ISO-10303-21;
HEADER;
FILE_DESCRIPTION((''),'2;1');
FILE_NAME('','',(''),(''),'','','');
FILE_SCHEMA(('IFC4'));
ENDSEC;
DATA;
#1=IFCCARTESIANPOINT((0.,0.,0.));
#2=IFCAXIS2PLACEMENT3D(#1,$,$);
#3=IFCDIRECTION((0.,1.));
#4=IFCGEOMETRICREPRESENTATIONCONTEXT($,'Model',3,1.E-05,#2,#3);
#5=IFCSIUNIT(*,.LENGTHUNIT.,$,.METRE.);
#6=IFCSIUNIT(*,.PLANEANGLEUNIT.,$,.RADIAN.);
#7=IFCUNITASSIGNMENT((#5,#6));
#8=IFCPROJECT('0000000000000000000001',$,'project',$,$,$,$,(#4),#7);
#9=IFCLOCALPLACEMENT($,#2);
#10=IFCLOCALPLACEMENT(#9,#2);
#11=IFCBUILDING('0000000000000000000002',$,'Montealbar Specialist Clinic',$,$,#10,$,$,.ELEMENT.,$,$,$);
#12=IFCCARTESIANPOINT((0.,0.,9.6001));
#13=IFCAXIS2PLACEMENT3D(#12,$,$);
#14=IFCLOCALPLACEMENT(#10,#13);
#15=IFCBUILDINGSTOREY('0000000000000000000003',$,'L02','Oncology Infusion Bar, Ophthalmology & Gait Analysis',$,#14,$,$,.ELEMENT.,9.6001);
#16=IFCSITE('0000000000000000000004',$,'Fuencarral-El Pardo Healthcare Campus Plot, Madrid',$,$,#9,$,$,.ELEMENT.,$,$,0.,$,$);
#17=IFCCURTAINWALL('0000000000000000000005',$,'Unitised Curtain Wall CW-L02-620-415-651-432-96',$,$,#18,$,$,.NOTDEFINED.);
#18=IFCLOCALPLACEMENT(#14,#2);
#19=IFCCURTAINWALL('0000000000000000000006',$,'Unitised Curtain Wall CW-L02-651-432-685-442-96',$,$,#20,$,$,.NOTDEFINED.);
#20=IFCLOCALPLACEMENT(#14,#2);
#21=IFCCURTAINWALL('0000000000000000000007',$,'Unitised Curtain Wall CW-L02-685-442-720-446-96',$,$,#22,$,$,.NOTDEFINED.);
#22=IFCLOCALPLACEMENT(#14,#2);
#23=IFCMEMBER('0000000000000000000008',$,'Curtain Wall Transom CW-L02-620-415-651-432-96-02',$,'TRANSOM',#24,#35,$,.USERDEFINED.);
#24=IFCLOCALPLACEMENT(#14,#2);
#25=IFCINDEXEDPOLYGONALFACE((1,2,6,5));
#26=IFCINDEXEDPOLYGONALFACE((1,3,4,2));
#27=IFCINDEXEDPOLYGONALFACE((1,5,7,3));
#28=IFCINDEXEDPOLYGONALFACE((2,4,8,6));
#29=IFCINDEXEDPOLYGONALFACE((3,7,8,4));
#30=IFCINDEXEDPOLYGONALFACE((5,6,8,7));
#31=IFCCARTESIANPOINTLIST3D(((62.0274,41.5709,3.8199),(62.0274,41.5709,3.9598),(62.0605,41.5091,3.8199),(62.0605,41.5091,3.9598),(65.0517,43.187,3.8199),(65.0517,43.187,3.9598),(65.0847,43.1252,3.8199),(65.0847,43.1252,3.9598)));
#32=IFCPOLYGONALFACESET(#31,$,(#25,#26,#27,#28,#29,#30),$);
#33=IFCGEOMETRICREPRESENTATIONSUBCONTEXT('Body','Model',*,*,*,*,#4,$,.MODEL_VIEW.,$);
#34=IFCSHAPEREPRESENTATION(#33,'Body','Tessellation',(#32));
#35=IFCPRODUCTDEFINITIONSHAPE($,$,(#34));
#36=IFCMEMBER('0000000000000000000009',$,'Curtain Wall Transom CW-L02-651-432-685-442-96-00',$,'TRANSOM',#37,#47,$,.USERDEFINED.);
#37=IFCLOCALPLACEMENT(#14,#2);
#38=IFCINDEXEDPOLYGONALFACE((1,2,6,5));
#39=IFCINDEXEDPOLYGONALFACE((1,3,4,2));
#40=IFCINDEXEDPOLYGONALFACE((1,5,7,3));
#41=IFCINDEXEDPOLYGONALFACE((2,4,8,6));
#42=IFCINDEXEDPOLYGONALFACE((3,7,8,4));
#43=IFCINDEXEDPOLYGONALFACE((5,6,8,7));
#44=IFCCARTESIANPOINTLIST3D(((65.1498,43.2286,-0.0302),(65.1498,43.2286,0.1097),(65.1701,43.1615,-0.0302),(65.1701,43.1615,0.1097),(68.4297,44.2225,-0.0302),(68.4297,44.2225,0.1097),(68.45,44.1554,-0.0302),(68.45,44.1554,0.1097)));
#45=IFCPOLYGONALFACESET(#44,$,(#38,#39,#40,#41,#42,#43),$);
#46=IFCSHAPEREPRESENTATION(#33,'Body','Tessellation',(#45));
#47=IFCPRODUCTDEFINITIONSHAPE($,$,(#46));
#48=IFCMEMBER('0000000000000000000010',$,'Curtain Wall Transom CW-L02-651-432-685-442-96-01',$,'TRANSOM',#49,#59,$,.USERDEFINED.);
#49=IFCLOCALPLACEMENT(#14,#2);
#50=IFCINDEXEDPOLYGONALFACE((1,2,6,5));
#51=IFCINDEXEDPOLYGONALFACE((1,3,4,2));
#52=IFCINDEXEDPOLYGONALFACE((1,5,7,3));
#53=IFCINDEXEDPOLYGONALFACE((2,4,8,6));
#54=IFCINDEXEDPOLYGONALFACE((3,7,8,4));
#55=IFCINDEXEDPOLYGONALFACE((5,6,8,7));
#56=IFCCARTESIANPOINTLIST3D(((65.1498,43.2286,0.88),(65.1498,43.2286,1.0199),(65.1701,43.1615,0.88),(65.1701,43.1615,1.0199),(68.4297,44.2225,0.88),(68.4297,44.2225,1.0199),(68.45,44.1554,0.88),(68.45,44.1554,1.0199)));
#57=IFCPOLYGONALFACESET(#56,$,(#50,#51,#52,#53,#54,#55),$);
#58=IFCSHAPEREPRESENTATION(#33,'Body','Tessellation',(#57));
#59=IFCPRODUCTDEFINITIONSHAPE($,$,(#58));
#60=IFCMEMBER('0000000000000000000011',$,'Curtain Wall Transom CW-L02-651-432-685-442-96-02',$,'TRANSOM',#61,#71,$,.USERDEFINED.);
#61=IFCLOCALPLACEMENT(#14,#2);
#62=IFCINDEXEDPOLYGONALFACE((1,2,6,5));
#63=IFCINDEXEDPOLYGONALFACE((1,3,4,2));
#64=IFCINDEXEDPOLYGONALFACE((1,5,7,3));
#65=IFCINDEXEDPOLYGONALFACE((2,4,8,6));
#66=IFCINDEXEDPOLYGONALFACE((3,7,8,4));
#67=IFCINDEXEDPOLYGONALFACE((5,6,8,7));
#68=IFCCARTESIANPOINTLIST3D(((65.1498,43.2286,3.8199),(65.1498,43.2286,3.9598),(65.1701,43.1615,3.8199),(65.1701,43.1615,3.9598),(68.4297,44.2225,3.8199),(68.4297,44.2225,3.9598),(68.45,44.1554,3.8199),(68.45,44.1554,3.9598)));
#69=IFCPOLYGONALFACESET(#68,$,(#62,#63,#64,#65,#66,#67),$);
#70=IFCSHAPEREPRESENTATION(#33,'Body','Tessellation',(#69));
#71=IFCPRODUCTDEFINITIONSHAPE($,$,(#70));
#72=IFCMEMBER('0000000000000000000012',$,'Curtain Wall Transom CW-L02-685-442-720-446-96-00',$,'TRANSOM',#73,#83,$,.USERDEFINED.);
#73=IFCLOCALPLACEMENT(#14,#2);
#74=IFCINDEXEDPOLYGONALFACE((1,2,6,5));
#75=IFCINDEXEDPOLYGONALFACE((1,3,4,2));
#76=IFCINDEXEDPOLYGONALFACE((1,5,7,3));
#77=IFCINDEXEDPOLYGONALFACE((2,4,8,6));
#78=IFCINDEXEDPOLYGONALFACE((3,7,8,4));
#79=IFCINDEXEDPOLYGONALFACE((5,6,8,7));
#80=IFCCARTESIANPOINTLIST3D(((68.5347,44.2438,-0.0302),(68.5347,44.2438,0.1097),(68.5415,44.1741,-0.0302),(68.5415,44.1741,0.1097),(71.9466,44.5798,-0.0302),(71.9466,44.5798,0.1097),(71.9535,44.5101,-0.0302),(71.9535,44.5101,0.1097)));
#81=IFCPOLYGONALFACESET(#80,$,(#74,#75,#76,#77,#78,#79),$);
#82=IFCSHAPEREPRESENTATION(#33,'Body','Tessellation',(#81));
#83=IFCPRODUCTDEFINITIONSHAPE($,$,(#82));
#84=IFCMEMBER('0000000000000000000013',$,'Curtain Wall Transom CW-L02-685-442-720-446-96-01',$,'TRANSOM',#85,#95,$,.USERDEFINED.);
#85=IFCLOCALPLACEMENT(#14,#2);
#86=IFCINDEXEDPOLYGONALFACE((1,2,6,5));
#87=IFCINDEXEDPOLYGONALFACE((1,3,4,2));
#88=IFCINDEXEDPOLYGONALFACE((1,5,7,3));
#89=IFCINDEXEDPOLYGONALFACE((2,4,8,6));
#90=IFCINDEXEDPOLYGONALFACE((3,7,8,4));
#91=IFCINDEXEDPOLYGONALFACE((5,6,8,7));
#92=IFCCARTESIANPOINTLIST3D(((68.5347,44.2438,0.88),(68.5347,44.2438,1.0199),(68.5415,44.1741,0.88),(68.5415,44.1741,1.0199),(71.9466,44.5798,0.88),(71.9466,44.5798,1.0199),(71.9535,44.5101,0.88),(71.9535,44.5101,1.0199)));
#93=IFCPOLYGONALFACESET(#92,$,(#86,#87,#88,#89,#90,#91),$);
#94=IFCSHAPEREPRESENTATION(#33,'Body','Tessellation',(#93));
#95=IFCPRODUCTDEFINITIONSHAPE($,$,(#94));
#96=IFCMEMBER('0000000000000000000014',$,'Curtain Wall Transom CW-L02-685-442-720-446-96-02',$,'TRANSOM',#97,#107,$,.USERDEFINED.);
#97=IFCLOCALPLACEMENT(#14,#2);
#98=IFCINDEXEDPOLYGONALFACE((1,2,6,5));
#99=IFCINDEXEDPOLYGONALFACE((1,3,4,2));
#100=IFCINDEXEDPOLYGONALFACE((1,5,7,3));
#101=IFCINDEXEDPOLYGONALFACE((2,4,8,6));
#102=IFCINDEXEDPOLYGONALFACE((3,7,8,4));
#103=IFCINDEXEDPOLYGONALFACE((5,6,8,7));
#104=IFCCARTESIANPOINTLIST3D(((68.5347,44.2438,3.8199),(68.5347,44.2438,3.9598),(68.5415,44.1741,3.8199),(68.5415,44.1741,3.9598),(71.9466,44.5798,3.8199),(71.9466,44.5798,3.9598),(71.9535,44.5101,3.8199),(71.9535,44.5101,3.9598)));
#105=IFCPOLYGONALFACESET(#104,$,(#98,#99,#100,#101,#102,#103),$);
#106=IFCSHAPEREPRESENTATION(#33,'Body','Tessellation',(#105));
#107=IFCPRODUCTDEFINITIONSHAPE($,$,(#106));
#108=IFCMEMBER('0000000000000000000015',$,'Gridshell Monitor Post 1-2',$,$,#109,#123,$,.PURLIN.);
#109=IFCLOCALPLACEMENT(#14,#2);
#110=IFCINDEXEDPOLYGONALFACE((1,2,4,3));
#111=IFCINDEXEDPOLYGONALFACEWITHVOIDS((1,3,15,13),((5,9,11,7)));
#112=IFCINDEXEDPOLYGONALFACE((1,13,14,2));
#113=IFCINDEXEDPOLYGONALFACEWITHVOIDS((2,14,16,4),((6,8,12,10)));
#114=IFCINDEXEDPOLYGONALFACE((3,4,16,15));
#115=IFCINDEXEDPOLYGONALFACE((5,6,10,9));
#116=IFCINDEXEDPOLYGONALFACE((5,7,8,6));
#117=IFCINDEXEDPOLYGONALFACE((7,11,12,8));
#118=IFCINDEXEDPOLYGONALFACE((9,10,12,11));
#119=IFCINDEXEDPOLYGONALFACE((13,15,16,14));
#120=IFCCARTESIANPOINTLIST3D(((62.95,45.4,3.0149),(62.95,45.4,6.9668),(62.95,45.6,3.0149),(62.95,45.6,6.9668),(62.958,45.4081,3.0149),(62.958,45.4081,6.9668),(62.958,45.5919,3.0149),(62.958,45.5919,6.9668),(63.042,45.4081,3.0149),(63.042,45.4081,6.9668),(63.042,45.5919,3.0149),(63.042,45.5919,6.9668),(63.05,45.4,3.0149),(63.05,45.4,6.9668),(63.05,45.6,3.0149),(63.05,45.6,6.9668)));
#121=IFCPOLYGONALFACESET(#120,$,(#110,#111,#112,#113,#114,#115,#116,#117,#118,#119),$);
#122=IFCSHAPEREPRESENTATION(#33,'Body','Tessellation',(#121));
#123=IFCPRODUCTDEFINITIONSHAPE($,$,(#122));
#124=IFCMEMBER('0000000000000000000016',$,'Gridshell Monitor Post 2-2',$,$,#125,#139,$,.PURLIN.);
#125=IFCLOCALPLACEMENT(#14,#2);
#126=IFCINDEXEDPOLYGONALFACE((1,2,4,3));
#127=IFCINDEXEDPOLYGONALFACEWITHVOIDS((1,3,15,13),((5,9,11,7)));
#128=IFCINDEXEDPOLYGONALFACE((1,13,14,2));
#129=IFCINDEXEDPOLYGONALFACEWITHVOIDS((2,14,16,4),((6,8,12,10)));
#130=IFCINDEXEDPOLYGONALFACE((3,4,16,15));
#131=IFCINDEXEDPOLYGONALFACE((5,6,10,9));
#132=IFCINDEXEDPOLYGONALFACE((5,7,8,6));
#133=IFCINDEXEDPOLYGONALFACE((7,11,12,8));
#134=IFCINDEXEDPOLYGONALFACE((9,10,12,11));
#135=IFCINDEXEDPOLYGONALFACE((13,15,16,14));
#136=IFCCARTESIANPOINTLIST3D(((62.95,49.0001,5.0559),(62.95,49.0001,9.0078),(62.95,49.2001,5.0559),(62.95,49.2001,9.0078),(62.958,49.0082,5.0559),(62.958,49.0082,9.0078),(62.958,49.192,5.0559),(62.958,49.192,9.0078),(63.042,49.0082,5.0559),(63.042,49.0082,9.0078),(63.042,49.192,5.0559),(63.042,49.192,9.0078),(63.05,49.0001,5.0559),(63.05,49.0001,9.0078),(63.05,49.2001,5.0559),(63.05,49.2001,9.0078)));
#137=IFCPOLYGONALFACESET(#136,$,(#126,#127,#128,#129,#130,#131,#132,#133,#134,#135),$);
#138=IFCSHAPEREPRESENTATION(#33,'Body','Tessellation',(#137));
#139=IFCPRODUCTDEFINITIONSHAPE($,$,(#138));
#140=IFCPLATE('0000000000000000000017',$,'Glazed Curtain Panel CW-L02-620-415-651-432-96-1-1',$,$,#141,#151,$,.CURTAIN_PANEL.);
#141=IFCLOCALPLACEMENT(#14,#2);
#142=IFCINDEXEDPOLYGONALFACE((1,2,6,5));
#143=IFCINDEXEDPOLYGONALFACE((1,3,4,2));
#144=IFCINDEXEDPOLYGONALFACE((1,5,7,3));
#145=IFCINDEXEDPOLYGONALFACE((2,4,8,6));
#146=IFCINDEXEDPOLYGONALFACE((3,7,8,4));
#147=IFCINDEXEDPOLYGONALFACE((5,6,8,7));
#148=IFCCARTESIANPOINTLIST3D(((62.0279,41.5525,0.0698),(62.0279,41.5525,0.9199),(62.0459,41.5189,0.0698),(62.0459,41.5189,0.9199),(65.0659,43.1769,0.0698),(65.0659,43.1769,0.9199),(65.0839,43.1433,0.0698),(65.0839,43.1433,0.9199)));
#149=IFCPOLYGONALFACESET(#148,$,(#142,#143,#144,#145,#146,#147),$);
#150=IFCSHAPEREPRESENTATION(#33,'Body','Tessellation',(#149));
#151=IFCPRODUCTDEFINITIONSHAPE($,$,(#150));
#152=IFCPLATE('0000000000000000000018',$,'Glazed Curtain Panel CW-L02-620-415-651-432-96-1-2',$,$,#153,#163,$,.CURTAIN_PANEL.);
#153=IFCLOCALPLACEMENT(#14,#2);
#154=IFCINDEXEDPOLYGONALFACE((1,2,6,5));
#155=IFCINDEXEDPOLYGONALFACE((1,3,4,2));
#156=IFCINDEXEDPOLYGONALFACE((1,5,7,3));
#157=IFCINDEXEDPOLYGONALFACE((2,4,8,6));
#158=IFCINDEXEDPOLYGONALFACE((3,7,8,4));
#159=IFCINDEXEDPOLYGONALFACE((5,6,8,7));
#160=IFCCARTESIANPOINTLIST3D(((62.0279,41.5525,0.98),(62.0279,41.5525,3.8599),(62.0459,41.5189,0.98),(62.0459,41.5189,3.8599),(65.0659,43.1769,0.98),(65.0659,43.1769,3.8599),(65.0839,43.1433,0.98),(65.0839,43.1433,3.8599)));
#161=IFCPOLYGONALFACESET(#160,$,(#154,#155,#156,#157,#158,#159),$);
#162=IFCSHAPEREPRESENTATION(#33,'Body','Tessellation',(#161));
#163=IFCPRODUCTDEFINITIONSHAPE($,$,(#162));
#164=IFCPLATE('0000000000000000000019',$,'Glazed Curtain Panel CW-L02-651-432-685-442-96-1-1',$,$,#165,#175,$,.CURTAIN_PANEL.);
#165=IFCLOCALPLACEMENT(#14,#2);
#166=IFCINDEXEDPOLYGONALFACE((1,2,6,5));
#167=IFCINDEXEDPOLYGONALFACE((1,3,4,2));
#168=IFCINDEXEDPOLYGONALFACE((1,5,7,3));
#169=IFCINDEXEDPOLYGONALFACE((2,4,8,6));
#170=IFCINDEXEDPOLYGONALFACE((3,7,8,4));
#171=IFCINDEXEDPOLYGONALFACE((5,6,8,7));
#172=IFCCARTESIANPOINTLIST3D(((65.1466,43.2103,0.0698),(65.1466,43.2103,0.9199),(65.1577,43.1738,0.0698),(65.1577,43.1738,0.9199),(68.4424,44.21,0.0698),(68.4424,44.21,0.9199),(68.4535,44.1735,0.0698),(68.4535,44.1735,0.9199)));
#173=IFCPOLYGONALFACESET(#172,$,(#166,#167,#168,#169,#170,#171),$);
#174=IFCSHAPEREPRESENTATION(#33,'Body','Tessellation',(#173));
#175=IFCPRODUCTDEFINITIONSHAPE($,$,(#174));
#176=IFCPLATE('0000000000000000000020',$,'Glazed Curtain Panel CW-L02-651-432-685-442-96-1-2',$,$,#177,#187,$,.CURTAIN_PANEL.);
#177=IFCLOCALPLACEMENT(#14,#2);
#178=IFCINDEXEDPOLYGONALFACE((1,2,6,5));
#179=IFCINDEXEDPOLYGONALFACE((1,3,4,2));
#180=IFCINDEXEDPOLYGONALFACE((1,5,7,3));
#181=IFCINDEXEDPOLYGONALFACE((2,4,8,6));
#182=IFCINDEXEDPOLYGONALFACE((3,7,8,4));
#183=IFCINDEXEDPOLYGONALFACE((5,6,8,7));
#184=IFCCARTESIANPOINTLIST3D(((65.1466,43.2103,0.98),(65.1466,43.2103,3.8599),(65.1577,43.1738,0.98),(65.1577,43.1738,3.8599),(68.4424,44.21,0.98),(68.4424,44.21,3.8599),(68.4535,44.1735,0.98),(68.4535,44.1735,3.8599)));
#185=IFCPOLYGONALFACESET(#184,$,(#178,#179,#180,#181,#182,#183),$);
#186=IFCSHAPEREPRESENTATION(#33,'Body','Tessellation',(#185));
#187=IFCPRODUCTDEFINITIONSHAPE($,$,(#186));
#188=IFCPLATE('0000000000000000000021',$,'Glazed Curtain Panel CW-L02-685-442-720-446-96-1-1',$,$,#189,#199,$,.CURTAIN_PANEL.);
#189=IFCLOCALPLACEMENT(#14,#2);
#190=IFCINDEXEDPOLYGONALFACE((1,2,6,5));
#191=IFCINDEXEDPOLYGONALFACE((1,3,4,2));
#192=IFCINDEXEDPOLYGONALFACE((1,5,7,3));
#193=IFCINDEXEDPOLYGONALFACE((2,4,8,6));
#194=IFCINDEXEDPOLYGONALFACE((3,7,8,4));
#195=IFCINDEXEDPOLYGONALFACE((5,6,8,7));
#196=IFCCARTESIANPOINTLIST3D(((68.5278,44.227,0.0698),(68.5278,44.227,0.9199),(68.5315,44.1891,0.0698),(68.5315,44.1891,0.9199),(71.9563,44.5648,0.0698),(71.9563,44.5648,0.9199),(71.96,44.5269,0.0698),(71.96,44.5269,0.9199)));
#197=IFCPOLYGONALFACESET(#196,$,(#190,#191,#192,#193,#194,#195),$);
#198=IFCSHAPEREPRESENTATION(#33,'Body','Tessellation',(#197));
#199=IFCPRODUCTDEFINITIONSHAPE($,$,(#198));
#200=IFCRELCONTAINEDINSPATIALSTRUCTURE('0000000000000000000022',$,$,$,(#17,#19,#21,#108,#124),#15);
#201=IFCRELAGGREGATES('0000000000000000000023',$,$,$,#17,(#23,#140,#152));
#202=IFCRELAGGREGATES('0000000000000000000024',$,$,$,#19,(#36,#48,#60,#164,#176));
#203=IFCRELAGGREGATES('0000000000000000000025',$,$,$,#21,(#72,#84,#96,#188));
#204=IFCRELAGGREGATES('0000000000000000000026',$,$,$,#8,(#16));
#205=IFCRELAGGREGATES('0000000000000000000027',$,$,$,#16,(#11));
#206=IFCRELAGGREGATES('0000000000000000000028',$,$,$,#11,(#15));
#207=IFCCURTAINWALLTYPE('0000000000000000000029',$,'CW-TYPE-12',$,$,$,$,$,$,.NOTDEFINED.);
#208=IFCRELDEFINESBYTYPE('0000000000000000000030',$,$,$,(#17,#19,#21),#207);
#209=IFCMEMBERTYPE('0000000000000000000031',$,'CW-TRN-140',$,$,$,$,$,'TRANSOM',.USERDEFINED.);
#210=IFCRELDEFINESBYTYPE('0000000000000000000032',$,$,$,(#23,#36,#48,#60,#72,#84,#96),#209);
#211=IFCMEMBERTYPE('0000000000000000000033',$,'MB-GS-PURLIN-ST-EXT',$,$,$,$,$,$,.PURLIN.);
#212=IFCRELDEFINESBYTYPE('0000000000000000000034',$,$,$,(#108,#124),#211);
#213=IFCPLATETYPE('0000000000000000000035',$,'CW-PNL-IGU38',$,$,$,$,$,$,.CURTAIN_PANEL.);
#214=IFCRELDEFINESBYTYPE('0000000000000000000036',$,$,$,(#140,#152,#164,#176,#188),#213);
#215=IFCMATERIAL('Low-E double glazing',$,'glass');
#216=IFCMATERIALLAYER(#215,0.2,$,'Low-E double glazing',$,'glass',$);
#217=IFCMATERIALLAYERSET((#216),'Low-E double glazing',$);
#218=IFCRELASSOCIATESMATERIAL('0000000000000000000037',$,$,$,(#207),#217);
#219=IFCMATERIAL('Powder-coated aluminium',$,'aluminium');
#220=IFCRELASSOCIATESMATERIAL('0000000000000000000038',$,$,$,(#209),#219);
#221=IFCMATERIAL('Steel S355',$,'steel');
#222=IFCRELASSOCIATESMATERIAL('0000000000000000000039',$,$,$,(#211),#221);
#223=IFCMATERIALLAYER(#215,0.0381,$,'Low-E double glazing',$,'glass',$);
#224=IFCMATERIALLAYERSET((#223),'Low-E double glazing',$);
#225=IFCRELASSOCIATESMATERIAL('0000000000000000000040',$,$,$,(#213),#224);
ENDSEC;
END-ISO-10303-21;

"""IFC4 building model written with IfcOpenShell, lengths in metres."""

from ifc_helpers import new_model, si_unit, direction, frame, origin, origin_2d, place, context, subcontext, project, spatial, rectangle, hollow_rectangle, extrude, material, layer, layer_set, material_profile, profile_set, type_object, element, aggregate, save


model = new_model("IFC4")

# Units and contexts
model_context = context("Model", 3, precision=1e-05, world=origin(), true_north=direction((0.0, 1.0)))
body_context = subcontext(model_context, "Body", "Model", "MODEL_VIEW")
ifc_project = project(units=[si_unit("LENGTHUNIT", "METRE"), si_unit("PLANEANGLEUNIT", "RADIAN")], contexts=[model_context])

# Site, building, storey
site_placement = place(None, origin())
site = spatial("IfcSite", under=ifc_project, at=site_placement, Name="Fuencarral-El Pardo Healthcare Campus Plot, Madrid", CompositionType="ELEMENT", RefElevation=0.0)
building_placement = place(site_placement, origin())
building = spatial("IfcBuilding", under=site, at=building_placement, Name="Montealbar Specialist Clinic", CompositionType="ELEMENT")
storey_placement = place(building_placement, frame((0.0, 0.0, 9.6001)))
storey = spatial("IfcBuildingStorey", under=building, at=storey_placement, Name="L02", Description="Oncology Infusion Bar, Ophthalmology & Gait Analysis", CompositionType="ELEMENT", Elevation=9.6001)

# Shared definitions
ifc_material_1 = material(Name="Steel S355", Category="steel")

# Curtain wall
ifc_material_2 = material(Name="Low-E double glazing", Category="glass")
ifc_layer_1 = layer(ifc_material_2, 0.2, Name="Low-E double glazing", Category="glass")
ifc_layer_set_1 = layer_set([ifc_layer_1], Name="Low-E double glazing")
curtain_wall_type = type_object("IfcCurtainWallType", Name="CW-TYPE-12", PredefinedType="NOTDEFINED", material=ifc_layer_set_1)
curtain_wall_1_placement = place(storey_placement, origin())
curtain_wall_1 = element("IfcCurtainWall", 1, at=curtain_wall_1_placement, inside=storey, type_object=curtain_wall_type, Name="Unitised Curtain Wall CW-L02-620-415-651-432-96", PredefinedType="NOTDEFINED")

# Curtain walls
curtain_wall_2_placement = place(storey_placement, origin())
curtain_wall_2 = element("IfcCurtainWall", 2, at=curtain_wall_2_placement, inside=storey, type_object=curtain_wall_type, Name="Unitised Curtain Wall CW-L02-651-432-685-442-96", PredefinedType="NOTDEFINED")
curtain_wall_3_placement = place(storey_placement, origin())
curtain_wall_3 = element("IfcCurtainWall", 3, at=curtain_wall_3_placement, inside=storey, type_object=curtain_wall_type, Name="Unitised Curtain Wall CW-L02-685-442-720-446-96", PredefinedType="NOTDEFINED")

# Members
ifc_material_3 = material(Name="Powder-coated aluminium", Category="aluminium")
ifc_material_profile_1 = material_profile(ifc_material_3, rectangle(XDim=0.0701, YDim=0.1399, at=origin_2d()), Name="ALU 70x140", Category="aluminium")
ifc_profile_set_1 = profile_set([ifc_material_profile_1], Name="Powder-coated aluminium")
member_type_1 = type_object("IfcMemberType", Name="CW-TRN-140", ElementType="TRANSOM", PredefinedType="USERDEFINED", material=ifc_profile_set_1)
member_1_placement = place(storey_placement, frame((62.0439, 41.54, 3.8899), z_axis=(0.88198, 0.471287, 0.0), x_axis=(-0.471287, 0.88198, 0.0)))
member_1 = element("IfcMember", 4, at=member_1_placement, type_object=member_type_1, Name="Curtain Wall Transom CW-L02-620-415-651-432-96-02", ObjectType="TRANSOM", PredefinedType="USERDEFINED", context=body_context, shape_type="SweptSolid", body=[
    extrude(rectangle(XDim=0.0701, YDim=0.1399, at=origin_2d()), origin(), (0.0, 0.0, 1.0), 3.429),
])
member_2_placement = place(storey_placement, frame((65.1599, 43.1951, 0.0398), z_axis=(0.957029, 0.289994, 0.0), x_axis=(-0.289994, 0.957029, 0.0)))
member_2 = element("IfcMember", 5, at=member_2_placement, type_object=member_type_1, Name="Curtain Wall Transom CW-L02-651-432-685-442-96-00", ObjectType="TRANSOM", PredefinedType="USERDEFINED", context=body_context, shape_type="SweptSolid", body=[
    extrude(rectangle(XDim=0.0701, YDim=0.1399, at=origin_2d()), origin(), (0.0, 0.0, 1.0), 3.4272),
])
member_3_placement = place(storey_placement, frame((65.1599, 43.1951, 0.95), z_axis=(0.957029, 0.289994, 0.0), x_axis=(-0.289994, 0.957029, 0.0)))
member_3 = element("IfcMember", 6, at=member_3_placement, type_object=member_type_1, Name="Curtain Wall Transom CW-L02-651-432-685-442-96-01", ObjectType="TRANSOM", PredefinedType="USERDEFINED", context=body_context, shape_type="SweptSolid", body=[
    extrude(rectangle(XDim=0.0701, YDim=0.1399, at=origin_2d()), origin(), (0.0, 0.0, 1.0), 3.4272),
])
member_4_placement = place(storey_placement, frame((65.1599, 43.1951, 3.8899), z_axis=(0.957029, 0.289994, 0.0), x_axis=(-0.289994, 0.957029, 0.0)))
member_4 = element("IfcMember", 7, at=member_4_placement, type_object=member_type_1, Name="Curtain Wall Transom CW-L02-651-432-685-442-96-02", ObjectType="TRANSOM", PredefinedType="USERDEFINED", context=body_context, shape_type="SweptSolid", body=[
    extrude(rectangle(XDim=0.0701, YDim=0.1399, at=origin_2d()), origin(), (0.0, 0.0, 1.0), 3.4272),
])
member_5_placement = place(storey_placement, frame((68.5381, 44.209, 0.0398), z_axis=(0.995188, 0.097988, 0.0), x_axis=(-0.097988, 0.995188, 0.0)))
member_5 = element("IfcMember", 8, at=member_5_placement, type_object=member_type_1, Name="Curtain Wall Transom CW-L02-685-442-720-446-96-00", ObjectType="TRANSOM", PredefinedType="USERDEFINED", context=body_context, shape_type="SweptSolid", body=[
    extrude(rectangle(XDim=0.0701, YDim=0.1399, at=origin_2d()), origin(), (0.0, 0.0, 1.0), 3.4285),
])
member_6_placement = place(storey_placement, frame((68.5381, 44.209, 0.95), z_axis=(0.995188, 0.097988, 0.0), x_axis=(-0.097988, 0.995188, 0.0)))
member_6 = element("IfcMember", 9, at=member_6_placement, type_object=member_type_1, Name="Curtain Wall Transom CW-L02-685-442-720-446-96-01", ObjectType="TRANSOM", PredefinedType="USERDEFINED", context=body_context, shape_type="SweptSolid", body=[
    extrude(rectangle(XDim=0.0701, YDim=0.1399, at=origin_2d()), origin(), (0.0, 0.0, 1.0), 3.4285),
])
member_7_placement = place(storey_placement, frame((68.5381, 44.209, 3.8899), z_axis=(0.995188, 0.097988, 0.0), x_axis=(-0.097988, 0.995188, 0.0)))
member_7 = element("IfcMember", 10, at=member_7_placement, type_object=member_type_1, Name="Curtain Wall Transom CW-L02-685-442-720-446-96-02", ObjectType="TRANSOM", PredefinedType="USERDEFINED", context=body_context, shape_type="SweptSolid", body=[
    extrude(rectangle(XDim=0.0701, YDim=0.1399, at=origin_2d()), origin(), (0.0, 0.0, 1.0), 3.4285),
])

# Members
ifc_material_profile_2 = material_profile(ifc_material_1, hollow_rectangle(XDim=0.1001, YDim=0.2, WallThickness=0.0081, at=origin_2d()), Name="RHS 200x100x8", Category="steel")
ifc_profile_set_2 = profile_set([ifc_material_profile_2], Name="Steel S355")
member_type_2 = type_object("IfcMemberType", Name="MB-GS-PURLIN-ST-EXT", PredefinedType="PURLIN", material=ifc_profile_set_2)
for number, where, z_axis, x_axis, name in (
    (11, (63.0, 45.5, 3.0149), (0.0, 0.0, 1.0), (1.0, 0.0, 0.0), "Gridshell Monitor Post 1-2"),
    (12, (63.0, 49.1001, 5.0559), (0.0, 0.0, 1.0), (1.0, 0.0, 0.0), "Gridshell Monitor Post 2-2"),
):
    element("IfcMember", number, at=place(storey_placement, frame(where, z_axis=z_axis, x_axis=x_axis)), inside=storey, type_object=member_type_2, Name=name, PredefinedType="PURLIN", context=body_context, shape_type="SweptSolid", body=[
        extrude(hollow_rectangle(XDim=0.1001, YDim=0.2, WallThickness=0.0081, at=origin_2d()), origin(), (0.0, 0.0, 1.0), 3.9519),
    ])

# Plates
ifc_layer_2 = layer(ifc_material_2, 0.0381, Name="Low-E double glazing", Category="glass")
ifc_layer_set_2 = layer_set([ifc_layer_2], Name="Low-E double glazing")
plate_type = type_object("IfcPlateType", Name="CW-PNL-IGU38", PredefinedType="CURTAIN_PANEL", material=ifc_layer_set_2)
plate_1_placement = place(storey_placement, frame((63.5559, 42.3479, 0.0698), z_axis=(0.0, 0.0, 1.0), x_axis=(0.88185, 0.471529, 0.0)))
plate_1 = element("IfcPlate", 13, at=plate_1_placement, type_object=plate_type, Name="Glazed Curtain Panel CW-L02-620-415-651-432-96-1-1", PredefinedType="CURTAIN_PANEL", context=body_context, shape_type="SweptSolid", body=[
    extrude(rectangle(XDim=3.4451, YDim=0.0381, at=origin_2d()), origin(), (0.0, 0.0, 1.0), 0.8501),
])
plate_2_placement = place(storey_placement, frame((63.5559, 42.3479, 0.98), z_axis=(0.0, 0.0, 1.0), x_axis=(0.88185, 0.471529, 0.0)))
plate_2 = element("IfcPlate", 14, at=plate_2_placement, type_object=plate_type, Name="Glazed Curtain Panel CW-L02-620-415-651-432-96-1-2", PredefinedType="CURTAIN_PANEL", context=body_context, shape_type="SweptSolid", body=[
    extrude(rectangle(XDim=3.4451, YDim=0.0381, at=origin_2d()), origin(), (0.0, 0.0, 1.0), 2.8799),
])
aggregate(curtain_wall_1, [member_1, plate_1, plate_2])
plate_3_placement = place(storey_placement, frame((66.8, 43.6919, 0.0698), z_axis=(0.0, 0.0, 1.0), x_axis=(0.956948, 0.290259, 0.0)))
plate_3 = element("IfcPlate", 15, at=plate_3_placement, type_object=plate_type, Name="Glazed Curtain Panel CW-L02-651-432-685-442-96-1-1", PredefinedType="CURTAIN_PANEL", context=body_context, shape_type="SweptSolid", body=[
    extrude(rectangle(XDim=3.4441, YDim=0.0381, at=origin_2d()), origin(), (0.0, 0.0, 1.0), 0.8501),
])
plate_4_placement = place(storey_placement, frame((66.8, 43.6919, 0.98), z_axis=(0.0, 0.0, 1.0), x_axis=(0.956948, 0.290259, 0.0)))
plate_4 = element("IfcPlate", 16, at=plate_4_placement, type_object=plate_type, Name="Glazed Curtain Panel CW-L02-651-432-685-442-96-1-2", PredefinedType="CURTAIN_PANEL", context=body_context, shape_type="SweptSolid", body=[
    extrude(rectangle(XDim=3.4441, YDim=0.0381, at=origin_2d()), origin(), (0.0, 0.0, 1.0), 2.8799),
])
aggregate(curtain_wall_2, [member_2, member_3, member_4, plate_3, plate_4])
plate_5_placement = place(storey_placement, frame((70.2439, 44.377, 0.0698), z_axis=(0.0, 0.0, 1.0), x_axis=(0.995182, 0.098045, 0.0)))
plate_5 = element("IfcPlate", 17, at=plate_5_placement, type_object=plate_type, Name="Glazed Curtain Panel CW-L02-685-442-720-446-96-1-1", PredefinedType="CURTAIN_PANEL", context=body_context, shape_type="SweptSolid", body=[
    extrude(rectangle(XDim=3.4451, YDim=0.0381, at=origin_2d()), origin(), (0.0, 0.0, 1.0), 0.8501),
])
aggregate(curtain_wall_3, [member_5, member_6, member_7, plate_5])

save(model, "model.ifc")
